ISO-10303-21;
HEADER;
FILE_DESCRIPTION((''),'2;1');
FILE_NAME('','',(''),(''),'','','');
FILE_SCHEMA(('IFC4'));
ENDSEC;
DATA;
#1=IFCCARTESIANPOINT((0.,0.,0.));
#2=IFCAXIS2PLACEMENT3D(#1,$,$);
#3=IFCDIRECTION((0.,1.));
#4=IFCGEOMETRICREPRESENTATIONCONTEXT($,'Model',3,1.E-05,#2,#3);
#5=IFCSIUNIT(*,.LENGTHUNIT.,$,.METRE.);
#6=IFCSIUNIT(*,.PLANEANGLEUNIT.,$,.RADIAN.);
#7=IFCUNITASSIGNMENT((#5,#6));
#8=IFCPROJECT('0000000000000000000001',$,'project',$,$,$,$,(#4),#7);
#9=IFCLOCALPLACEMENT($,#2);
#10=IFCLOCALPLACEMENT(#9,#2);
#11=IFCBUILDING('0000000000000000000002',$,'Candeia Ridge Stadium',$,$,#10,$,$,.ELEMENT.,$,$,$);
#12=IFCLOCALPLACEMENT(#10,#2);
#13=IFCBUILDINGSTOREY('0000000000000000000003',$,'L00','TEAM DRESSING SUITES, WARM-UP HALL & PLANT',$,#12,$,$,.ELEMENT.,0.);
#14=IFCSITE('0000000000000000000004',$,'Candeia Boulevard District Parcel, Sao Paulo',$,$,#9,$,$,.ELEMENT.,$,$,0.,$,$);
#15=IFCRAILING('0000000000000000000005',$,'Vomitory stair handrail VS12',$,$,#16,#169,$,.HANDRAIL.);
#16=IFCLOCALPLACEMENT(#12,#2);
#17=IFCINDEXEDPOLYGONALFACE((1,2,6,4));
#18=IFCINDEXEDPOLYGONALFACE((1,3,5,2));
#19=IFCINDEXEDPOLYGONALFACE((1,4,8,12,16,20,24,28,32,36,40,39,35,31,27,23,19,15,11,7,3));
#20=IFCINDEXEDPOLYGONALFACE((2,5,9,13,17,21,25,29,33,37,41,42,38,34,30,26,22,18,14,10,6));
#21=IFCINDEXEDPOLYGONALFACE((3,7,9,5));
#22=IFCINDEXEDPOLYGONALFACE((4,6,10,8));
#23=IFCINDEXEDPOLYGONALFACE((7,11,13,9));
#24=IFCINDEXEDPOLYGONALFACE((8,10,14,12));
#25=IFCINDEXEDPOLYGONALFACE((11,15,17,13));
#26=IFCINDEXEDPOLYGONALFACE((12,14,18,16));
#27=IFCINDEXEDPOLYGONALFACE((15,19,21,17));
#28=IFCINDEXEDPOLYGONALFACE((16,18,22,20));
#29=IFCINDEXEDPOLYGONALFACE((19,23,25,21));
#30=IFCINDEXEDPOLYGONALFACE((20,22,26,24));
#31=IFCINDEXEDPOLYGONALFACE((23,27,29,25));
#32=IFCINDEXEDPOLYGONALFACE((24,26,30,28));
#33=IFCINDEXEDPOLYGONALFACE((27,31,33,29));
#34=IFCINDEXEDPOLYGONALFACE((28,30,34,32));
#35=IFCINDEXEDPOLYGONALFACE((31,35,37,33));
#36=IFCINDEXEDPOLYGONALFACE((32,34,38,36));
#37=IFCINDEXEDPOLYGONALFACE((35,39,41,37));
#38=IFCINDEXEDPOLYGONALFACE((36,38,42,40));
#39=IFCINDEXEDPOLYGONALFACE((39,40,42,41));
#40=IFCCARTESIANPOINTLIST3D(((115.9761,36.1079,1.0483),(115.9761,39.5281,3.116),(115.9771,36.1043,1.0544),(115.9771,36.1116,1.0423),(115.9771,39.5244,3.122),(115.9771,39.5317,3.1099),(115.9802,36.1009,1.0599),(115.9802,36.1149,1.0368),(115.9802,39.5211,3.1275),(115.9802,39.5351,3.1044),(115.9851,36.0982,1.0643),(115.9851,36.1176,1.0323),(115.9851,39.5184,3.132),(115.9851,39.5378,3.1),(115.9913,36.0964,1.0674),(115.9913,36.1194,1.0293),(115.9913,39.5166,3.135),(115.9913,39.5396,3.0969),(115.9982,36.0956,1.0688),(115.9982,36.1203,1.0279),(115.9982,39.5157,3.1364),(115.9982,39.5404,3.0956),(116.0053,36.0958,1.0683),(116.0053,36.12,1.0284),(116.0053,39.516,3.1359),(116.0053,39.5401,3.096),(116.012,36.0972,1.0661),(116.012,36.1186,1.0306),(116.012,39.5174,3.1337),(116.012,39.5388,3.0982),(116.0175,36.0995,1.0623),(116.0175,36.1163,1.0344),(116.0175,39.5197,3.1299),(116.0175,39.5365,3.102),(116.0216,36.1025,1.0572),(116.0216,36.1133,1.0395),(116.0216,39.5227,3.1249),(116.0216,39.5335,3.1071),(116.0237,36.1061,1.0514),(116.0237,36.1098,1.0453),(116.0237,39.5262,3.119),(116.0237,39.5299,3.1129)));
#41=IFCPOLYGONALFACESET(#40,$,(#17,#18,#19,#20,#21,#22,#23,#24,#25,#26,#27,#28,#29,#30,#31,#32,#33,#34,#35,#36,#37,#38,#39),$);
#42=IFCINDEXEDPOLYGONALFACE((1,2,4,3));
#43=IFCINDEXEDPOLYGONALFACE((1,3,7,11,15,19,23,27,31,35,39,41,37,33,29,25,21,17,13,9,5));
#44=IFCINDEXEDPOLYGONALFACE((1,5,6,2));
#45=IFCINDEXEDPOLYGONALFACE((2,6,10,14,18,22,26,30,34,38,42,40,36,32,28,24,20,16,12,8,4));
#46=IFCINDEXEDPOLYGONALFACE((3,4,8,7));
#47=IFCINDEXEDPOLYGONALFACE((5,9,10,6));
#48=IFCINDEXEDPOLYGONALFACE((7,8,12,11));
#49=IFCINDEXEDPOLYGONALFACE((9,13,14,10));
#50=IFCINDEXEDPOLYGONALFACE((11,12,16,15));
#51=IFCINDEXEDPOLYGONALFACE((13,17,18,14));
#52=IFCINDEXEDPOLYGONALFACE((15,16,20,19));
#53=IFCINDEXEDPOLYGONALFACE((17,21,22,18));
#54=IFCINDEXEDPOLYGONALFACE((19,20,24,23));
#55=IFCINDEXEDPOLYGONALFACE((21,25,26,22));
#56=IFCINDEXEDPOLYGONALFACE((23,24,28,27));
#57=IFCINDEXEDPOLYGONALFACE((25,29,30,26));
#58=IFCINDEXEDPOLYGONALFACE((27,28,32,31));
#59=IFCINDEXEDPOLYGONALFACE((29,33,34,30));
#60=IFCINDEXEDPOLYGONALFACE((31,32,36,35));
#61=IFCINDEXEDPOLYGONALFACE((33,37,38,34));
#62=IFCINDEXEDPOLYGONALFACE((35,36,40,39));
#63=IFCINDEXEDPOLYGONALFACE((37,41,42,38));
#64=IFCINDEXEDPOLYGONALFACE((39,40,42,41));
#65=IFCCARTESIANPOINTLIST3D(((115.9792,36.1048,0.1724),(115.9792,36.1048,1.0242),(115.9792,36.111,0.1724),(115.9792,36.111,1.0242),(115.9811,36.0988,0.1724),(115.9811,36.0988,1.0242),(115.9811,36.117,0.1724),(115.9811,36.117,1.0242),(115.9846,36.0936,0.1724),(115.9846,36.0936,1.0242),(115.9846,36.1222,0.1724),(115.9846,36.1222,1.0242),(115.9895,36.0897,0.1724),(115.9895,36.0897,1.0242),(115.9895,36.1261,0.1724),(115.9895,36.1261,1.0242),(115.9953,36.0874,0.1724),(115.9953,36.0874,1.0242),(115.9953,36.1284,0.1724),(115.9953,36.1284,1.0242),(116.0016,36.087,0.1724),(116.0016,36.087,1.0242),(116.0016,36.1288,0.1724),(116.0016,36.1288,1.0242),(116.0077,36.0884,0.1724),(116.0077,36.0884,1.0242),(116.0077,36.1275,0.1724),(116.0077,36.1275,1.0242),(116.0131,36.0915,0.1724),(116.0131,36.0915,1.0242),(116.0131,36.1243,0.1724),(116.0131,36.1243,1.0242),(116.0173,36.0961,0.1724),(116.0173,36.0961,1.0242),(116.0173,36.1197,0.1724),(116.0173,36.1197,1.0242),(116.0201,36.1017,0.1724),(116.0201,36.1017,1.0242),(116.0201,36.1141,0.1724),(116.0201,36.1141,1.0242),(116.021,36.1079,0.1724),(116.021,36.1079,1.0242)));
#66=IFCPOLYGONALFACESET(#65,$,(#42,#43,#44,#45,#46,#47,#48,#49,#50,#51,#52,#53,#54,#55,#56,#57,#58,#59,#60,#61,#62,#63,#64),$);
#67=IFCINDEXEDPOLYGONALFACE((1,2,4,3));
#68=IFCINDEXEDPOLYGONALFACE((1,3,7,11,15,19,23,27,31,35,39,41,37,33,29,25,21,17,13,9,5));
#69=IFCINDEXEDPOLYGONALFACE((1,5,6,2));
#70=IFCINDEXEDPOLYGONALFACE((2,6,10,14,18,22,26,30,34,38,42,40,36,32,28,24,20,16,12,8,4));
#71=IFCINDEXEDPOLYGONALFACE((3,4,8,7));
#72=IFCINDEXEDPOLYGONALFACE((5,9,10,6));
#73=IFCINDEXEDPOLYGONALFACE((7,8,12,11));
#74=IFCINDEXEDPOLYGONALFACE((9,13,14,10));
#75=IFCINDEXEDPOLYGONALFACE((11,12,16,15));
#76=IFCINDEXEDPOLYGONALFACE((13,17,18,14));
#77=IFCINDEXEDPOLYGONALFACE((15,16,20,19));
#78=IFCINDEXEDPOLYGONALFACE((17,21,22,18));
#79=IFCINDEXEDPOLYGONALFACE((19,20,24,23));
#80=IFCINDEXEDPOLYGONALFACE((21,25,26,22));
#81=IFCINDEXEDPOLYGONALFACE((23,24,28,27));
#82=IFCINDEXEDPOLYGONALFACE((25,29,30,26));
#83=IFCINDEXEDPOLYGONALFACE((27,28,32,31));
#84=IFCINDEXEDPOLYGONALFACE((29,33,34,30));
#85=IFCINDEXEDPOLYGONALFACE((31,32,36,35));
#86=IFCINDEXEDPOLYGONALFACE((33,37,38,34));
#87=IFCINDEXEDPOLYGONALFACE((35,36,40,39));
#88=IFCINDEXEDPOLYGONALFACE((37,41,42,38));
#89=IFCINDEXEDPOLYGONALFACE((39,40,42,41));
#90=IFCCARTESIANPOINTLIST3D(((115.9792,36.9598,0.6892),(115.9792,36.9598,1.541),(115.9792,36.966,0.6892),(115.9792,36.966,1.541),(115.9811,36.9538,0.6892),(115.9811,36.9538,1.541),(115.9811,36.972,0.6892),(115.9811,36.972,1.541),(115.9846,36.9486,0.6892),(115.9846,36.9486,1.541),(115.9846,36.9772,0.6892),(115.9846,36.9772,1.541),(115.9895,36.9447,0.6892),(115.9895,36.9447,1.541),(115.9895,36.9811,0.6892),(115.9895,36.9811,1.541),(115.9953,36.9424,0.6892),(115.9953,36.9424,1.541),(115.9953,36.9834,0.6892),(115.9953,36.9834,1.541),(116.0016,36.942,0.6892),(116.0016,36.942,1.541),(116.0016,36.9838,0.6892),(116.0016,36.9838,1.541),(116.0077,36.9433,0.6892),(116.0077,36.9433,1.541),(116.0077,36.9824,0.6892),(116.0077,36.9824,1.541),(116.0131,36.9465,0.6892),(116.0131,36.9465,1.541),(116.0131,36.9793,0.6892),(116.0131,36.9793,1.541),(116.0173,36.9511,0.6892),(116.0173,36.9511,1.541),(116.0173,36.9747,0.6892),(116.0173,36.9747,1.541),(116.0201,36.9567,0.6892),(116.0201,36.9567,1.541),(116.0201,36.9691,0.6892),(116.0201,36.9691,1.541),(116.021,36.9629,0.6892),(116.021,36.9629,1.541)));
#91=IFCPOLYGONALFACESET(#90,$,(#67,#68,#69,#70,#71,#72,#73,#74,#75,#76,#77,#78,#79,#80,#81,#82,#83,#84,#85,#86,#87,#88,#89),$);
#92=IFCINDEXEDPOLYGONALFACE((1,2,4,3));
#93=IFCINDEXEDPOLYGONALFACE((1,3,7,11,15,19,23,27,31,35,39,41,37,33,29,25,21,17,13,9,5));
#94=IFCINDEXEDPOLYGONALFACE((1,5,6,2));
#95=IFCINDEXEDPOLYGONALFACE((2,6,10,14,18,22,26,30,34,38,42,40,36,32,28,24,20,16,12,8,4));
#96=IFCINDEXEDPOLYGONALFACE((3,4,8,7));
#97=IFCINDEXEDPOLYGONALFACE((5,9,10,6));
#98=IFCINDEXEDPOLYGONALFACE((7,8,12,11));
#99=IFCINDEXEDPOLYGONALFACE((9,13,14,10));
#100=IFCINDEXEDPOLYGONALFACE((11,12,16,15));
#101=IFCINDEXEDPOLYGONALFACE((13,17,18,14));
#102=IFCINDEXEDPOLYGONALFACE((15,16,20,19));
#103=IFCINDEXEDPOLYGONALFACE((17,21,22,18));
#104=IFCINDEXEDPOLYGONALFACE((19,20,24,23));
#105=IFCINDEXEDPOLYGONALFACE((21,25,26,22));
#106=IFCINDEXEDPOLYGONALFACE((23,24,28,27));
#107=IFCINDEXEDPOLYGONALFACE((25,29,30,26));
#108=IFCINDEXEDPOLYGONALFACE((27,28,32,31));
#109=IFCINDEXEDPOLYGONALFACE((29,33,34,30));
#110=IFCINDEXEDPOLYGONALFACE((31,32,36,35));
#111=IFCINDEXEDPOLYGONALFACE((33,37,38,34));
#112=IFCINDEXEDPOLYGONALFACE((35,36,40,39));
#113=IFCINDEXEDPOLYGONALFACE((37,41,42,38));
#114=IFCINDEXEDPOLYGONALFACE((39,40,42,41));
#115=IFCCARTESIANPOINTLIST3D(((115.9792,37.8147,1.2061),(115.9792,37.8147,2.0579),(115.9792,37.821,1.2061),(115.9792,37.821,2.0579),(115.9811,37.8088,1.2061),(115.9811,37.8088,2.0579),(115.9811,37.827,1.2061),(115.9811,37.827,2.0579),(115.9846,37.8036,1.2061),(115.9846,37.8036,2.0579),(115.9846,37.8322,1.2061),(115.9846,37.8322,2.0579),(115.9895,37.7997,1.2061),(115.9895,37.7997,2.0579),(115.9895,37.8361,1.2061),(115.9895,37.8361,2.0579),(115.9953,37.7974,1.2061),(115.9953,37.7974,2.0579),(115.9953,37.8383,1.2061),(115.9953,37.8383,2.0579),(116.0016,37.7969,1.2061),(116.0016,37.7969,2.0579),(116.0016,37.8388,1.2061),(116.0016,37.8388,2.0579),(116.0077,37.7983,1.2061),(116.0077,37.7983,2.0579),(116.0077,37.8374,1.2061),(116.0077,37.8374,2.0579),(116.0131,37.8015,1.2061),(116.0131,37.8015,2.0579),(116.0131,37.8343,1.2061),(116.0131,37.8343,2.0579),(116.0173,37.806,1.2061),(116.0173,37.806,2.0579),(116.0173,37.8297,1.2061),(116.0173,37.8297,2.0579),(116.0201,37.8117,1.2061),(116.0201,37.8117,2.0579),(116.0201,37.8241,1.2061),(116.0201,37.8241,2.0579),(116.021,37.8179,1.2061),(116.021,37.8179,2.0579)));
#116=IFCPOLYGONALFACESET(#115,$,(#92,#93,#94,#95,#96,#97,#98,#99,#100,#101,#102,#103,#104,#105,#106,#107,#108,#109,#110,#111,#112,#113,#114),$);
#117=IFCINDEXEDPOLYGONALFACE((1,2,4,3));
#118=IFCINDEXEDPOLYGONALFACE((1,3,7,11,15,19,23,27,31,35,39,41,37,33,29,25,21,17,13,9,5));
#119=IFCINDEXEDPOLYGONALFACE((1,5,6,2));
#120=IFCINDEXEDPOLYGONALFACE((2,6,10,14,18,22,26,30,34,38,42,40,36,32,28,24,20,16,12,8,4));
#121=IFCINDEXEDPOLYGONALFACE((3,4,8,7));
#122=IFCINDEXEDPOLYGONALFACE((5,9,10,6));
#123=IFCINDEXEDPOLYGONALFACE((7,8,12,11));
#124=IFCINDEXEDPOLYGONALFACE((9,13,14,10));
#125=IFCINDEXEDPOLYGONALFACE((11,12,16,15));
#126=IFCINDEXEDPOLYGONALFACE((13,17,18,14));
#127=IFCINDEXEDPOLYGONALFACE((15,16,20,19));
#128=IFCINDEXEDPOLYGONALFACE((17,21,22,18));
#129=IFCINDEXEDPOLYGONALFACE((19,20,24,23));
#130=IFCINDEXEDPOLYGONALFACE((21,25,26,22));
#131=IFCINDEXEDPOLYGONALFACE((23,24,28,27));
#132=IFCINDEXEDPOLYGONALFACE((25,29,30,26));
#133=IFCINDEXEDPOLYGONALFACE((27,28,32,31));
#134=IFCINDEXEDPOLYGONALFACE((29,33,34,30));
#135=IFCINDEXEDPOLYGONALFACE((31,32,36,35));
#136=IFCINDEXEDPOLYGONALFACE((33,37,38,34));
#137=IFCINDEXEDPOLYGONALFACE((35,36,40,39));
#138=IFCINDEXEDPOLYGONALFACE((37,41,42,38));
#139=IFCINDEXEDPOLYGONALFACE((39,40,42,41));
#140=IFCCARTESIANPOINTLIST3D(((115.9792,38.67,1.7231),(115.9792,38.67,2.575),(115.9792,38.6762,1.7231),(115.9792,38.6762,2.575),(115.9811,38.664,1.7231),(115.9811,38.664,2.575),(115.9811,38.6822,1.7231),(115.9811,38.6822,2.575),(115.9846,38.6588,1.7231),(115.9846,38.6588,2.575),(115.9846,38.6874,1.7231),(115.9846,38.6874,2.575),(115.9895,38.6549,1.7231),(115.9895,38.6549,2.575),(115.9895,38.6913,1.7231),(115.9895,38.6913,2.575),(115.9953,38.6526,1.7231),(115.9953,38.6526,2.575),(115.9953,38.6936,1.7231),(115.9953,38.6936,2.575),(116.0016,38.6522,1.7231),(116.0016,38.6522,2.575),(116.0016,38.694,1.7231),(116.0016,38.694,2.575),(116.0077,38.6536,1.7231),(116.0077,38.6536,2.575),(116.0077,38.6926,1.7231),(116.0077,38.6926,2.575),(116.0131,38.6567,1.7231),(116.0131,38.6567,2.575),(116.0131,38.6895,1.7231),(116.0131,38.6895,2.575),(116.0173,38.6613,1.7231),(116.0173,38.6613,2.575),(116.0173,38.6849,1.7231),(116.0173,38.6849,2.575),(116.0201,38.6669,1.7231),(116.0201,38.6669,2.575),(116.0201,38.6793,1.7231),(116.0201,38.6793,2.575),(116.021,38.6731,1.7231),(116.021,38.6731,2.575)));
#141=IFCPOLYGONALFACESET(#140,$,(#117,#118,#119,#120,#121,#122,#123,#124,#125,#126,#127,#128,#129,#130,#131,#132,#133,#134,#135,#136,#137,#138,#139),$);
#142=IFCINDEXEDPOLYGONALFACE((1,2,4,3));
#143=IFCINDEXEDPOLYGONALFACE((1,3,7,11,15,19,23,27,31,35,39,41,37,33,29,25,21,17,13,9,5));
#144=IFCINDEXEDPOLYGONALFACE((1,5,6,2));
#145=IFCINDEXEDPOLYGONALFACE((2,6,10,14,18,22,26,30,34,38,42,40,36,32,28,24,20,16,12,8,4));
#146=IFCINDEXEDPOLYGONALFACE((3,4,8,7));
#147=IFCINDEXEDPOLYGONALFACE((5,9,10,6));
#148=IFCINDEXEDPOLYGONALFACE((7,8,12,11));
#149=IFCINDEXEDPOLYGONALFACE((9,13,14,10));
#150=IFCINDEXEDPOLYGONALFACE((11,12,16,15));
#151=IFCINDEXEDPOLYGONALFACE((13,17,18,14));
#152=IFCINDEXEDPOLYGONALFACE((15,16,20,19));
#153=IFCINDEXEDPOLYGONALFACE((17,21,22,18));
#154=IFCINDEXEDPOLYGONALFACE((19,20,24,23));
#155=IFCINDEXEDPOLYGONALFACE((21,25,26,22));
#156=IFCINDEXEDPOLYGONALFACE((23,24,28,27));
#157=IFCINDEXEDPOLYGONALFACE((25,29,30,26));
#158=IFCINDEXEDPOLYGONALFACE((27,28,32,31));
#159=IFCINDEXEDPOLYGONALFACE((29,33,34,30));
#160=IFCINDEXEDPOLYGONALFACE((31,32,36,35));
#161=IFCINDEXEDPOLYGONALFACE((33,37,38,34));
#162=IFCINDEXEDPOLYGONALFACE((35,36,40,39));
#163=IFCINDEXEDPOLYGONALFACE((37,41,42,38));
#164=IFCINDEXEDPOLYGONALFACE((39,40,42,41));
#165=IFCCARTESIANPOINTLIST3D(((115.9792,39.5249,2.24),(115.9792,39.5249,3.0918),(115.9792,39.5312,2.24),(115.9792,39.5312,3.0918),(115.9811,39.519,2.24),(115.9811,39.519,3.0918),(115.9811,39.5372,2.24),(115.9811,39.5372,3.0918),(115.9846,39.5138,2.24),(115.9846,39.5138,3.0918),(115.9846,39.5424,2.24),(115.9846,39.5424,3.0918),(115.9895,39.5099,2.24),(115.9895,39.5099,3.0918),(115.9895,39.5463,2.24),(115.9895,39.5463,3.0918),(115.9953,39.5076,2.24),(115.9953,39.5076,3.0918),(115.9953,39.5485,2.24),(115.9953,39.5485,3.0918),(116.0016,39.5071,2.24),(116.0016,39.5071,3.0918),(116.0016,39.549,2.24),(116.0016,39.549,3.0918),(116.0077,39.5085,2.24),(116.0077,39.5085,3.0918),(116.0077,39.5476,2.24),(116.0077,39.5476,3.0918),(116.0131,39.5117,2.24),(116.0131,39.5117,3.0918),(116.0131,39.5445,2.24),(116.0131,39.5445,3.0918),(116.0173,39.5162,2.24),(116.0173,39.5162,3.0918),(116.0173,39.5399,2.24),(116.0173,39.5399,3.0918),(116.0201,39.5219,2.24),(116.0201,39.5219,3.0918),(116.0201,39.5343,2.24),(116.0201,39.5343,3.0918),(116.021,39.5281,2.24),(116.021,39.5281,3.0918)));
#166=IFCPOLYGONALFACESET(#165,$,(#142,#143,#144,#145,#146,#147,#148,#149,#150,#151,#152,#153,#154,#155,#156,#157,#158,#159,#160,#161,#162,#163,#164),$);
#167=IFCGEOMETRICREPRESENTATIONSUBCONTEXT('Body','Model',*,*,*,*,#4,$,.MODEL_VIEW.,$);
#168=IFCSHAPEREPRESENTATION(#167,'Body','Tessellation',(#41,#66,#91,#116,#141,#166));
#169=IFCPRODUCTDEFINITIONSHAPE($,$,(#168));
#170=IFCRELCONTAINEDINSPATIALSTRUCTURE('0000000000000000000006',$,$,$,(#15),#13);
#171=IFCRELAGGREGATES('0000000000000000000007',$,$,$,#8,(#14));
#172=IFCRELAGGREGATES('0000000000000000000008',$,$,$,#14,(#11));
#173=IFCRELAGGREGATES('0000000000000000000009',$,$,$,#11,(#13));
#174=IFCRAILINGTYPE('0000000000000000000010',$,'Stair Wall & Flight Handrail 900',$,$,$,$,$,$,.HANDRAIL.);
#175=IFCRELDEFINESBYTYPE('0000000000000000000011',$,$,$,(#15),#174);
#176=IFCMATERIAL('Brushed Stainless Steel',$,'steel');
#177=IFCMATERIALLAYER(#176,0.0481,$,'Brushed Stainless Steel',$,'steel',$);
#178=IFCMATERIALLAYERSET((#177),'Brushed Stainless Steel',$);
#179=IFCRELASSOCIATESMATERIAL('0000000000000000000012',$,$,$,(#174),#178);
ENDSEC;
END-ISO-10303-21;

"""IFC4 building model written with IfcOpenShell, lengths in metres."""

from ifc_helpers import new_model, si_unit, direction, frame, origin, origin_2d, place, context, subcontext, project, spatial, circle, extrude, material, layer, layer_set, type_object, element, save


model = new_model("IFC4")

# Units and contexts
model_context = context("Model", 3, precision=1e-05, world=origin(), true_north=direction((0.0, 1.0)))
body_context = subcontext(model_context, "Body", "Model", "MODEL_VIEW")
ifc_project = project(units=[si_unit("LENGTHUNIT", "METRE"), si_unit("PLANEANGLEUNIT", "RADIAN")], contexts=[model_context])

# Site, building, storey
site_placement = place(None, origin())
site = spatial("IfcSite", under=ifc_project, at=site_placement, Name="Candeia Boulevard District Parcel, Sao Paulo", CompositionType="ELEMENT", RefElevation=0.0)
building_placement = place(site_placement, origin())
building = spatial("IfcBuilding", under=site, at=building_placement, Name="Candeia Ridge Stadium", CompositionType="ELEMENT")
storey_placement = place(building_placement, origin())
storey = spatial("IfcBuildingStorey", under=building, at=storey_placement, Name="L00", Description="TEAM DRESSING SUITES, WARM-UP HALL & PLANT", CompositionType="ELEMENT", Elevation=0.0)

# Railing
ifc_material_1 = material(Name="Brushed Stainless Steel", Category="steel")
ifc_layer_1 = layer(ifc_material_1, 0.0481, Name="Brushed Stainless Steel", Category="steel")
ifc_layer_set_1 = layer_set([ifc_layer_1], Name="Brushed Stainless Steel")
railing_type_1 = type_object("IfcRailingType", Name="Stair Wall & Flight Handrail 900", PredefinedType="HANDRAIL", material=ifc_layer_set_1)
railing_1_placement = place(storey_placement, frame((116.0, 36.1079, 0.1724)))
element("IfcRailing", 1, at=railing_1_placement, inside=storey, type_object=railing_type_1, Name="Vomitory stair handrail VS12", PredefinedType="HANDRAIL", context=body_context, shape_type="SweptSolid", body=[
    extrude(circle(Radius=0.0239, at=origin_2d()), frame((0.0, 0.0, 0.876), z_axis=(0.0, 0.855774, 0.51735), x_axis=(-1.0, 0.0, 0.0)), (0.0, 0.0, 1.0), 3.9966),
    extrude(circle(Radius=0.021, at=origin_2d()), origin(), (0.0, 0.0, 1.0), 0.8518),
    extrude(circle(Radius=0.021, at=origin_2d()), frame((0.0, 0.855, 0.5168)), (0.0, 0.0, 1.0), 0.8518),
    extrude(circle(Radius=0.021, at=origin_2d()), frame((0.0, 1.71, 1.0337)), (0.0, 0.0, 1.0), 0.8518),
    extrude(circle(Radius=0.021, at=origin_2d()), frame((0.0, 2.5652, 1.5508)), (0.0, 0.0, 1.0), 0.8518),
    extrude(circle(Radius=0.021, at=origin_2d()), frame((0.0, 3.4202, 2.0676)), (0.0, 0.0, 1.0), 0.8518),
])

save(model, "model.ifc")
